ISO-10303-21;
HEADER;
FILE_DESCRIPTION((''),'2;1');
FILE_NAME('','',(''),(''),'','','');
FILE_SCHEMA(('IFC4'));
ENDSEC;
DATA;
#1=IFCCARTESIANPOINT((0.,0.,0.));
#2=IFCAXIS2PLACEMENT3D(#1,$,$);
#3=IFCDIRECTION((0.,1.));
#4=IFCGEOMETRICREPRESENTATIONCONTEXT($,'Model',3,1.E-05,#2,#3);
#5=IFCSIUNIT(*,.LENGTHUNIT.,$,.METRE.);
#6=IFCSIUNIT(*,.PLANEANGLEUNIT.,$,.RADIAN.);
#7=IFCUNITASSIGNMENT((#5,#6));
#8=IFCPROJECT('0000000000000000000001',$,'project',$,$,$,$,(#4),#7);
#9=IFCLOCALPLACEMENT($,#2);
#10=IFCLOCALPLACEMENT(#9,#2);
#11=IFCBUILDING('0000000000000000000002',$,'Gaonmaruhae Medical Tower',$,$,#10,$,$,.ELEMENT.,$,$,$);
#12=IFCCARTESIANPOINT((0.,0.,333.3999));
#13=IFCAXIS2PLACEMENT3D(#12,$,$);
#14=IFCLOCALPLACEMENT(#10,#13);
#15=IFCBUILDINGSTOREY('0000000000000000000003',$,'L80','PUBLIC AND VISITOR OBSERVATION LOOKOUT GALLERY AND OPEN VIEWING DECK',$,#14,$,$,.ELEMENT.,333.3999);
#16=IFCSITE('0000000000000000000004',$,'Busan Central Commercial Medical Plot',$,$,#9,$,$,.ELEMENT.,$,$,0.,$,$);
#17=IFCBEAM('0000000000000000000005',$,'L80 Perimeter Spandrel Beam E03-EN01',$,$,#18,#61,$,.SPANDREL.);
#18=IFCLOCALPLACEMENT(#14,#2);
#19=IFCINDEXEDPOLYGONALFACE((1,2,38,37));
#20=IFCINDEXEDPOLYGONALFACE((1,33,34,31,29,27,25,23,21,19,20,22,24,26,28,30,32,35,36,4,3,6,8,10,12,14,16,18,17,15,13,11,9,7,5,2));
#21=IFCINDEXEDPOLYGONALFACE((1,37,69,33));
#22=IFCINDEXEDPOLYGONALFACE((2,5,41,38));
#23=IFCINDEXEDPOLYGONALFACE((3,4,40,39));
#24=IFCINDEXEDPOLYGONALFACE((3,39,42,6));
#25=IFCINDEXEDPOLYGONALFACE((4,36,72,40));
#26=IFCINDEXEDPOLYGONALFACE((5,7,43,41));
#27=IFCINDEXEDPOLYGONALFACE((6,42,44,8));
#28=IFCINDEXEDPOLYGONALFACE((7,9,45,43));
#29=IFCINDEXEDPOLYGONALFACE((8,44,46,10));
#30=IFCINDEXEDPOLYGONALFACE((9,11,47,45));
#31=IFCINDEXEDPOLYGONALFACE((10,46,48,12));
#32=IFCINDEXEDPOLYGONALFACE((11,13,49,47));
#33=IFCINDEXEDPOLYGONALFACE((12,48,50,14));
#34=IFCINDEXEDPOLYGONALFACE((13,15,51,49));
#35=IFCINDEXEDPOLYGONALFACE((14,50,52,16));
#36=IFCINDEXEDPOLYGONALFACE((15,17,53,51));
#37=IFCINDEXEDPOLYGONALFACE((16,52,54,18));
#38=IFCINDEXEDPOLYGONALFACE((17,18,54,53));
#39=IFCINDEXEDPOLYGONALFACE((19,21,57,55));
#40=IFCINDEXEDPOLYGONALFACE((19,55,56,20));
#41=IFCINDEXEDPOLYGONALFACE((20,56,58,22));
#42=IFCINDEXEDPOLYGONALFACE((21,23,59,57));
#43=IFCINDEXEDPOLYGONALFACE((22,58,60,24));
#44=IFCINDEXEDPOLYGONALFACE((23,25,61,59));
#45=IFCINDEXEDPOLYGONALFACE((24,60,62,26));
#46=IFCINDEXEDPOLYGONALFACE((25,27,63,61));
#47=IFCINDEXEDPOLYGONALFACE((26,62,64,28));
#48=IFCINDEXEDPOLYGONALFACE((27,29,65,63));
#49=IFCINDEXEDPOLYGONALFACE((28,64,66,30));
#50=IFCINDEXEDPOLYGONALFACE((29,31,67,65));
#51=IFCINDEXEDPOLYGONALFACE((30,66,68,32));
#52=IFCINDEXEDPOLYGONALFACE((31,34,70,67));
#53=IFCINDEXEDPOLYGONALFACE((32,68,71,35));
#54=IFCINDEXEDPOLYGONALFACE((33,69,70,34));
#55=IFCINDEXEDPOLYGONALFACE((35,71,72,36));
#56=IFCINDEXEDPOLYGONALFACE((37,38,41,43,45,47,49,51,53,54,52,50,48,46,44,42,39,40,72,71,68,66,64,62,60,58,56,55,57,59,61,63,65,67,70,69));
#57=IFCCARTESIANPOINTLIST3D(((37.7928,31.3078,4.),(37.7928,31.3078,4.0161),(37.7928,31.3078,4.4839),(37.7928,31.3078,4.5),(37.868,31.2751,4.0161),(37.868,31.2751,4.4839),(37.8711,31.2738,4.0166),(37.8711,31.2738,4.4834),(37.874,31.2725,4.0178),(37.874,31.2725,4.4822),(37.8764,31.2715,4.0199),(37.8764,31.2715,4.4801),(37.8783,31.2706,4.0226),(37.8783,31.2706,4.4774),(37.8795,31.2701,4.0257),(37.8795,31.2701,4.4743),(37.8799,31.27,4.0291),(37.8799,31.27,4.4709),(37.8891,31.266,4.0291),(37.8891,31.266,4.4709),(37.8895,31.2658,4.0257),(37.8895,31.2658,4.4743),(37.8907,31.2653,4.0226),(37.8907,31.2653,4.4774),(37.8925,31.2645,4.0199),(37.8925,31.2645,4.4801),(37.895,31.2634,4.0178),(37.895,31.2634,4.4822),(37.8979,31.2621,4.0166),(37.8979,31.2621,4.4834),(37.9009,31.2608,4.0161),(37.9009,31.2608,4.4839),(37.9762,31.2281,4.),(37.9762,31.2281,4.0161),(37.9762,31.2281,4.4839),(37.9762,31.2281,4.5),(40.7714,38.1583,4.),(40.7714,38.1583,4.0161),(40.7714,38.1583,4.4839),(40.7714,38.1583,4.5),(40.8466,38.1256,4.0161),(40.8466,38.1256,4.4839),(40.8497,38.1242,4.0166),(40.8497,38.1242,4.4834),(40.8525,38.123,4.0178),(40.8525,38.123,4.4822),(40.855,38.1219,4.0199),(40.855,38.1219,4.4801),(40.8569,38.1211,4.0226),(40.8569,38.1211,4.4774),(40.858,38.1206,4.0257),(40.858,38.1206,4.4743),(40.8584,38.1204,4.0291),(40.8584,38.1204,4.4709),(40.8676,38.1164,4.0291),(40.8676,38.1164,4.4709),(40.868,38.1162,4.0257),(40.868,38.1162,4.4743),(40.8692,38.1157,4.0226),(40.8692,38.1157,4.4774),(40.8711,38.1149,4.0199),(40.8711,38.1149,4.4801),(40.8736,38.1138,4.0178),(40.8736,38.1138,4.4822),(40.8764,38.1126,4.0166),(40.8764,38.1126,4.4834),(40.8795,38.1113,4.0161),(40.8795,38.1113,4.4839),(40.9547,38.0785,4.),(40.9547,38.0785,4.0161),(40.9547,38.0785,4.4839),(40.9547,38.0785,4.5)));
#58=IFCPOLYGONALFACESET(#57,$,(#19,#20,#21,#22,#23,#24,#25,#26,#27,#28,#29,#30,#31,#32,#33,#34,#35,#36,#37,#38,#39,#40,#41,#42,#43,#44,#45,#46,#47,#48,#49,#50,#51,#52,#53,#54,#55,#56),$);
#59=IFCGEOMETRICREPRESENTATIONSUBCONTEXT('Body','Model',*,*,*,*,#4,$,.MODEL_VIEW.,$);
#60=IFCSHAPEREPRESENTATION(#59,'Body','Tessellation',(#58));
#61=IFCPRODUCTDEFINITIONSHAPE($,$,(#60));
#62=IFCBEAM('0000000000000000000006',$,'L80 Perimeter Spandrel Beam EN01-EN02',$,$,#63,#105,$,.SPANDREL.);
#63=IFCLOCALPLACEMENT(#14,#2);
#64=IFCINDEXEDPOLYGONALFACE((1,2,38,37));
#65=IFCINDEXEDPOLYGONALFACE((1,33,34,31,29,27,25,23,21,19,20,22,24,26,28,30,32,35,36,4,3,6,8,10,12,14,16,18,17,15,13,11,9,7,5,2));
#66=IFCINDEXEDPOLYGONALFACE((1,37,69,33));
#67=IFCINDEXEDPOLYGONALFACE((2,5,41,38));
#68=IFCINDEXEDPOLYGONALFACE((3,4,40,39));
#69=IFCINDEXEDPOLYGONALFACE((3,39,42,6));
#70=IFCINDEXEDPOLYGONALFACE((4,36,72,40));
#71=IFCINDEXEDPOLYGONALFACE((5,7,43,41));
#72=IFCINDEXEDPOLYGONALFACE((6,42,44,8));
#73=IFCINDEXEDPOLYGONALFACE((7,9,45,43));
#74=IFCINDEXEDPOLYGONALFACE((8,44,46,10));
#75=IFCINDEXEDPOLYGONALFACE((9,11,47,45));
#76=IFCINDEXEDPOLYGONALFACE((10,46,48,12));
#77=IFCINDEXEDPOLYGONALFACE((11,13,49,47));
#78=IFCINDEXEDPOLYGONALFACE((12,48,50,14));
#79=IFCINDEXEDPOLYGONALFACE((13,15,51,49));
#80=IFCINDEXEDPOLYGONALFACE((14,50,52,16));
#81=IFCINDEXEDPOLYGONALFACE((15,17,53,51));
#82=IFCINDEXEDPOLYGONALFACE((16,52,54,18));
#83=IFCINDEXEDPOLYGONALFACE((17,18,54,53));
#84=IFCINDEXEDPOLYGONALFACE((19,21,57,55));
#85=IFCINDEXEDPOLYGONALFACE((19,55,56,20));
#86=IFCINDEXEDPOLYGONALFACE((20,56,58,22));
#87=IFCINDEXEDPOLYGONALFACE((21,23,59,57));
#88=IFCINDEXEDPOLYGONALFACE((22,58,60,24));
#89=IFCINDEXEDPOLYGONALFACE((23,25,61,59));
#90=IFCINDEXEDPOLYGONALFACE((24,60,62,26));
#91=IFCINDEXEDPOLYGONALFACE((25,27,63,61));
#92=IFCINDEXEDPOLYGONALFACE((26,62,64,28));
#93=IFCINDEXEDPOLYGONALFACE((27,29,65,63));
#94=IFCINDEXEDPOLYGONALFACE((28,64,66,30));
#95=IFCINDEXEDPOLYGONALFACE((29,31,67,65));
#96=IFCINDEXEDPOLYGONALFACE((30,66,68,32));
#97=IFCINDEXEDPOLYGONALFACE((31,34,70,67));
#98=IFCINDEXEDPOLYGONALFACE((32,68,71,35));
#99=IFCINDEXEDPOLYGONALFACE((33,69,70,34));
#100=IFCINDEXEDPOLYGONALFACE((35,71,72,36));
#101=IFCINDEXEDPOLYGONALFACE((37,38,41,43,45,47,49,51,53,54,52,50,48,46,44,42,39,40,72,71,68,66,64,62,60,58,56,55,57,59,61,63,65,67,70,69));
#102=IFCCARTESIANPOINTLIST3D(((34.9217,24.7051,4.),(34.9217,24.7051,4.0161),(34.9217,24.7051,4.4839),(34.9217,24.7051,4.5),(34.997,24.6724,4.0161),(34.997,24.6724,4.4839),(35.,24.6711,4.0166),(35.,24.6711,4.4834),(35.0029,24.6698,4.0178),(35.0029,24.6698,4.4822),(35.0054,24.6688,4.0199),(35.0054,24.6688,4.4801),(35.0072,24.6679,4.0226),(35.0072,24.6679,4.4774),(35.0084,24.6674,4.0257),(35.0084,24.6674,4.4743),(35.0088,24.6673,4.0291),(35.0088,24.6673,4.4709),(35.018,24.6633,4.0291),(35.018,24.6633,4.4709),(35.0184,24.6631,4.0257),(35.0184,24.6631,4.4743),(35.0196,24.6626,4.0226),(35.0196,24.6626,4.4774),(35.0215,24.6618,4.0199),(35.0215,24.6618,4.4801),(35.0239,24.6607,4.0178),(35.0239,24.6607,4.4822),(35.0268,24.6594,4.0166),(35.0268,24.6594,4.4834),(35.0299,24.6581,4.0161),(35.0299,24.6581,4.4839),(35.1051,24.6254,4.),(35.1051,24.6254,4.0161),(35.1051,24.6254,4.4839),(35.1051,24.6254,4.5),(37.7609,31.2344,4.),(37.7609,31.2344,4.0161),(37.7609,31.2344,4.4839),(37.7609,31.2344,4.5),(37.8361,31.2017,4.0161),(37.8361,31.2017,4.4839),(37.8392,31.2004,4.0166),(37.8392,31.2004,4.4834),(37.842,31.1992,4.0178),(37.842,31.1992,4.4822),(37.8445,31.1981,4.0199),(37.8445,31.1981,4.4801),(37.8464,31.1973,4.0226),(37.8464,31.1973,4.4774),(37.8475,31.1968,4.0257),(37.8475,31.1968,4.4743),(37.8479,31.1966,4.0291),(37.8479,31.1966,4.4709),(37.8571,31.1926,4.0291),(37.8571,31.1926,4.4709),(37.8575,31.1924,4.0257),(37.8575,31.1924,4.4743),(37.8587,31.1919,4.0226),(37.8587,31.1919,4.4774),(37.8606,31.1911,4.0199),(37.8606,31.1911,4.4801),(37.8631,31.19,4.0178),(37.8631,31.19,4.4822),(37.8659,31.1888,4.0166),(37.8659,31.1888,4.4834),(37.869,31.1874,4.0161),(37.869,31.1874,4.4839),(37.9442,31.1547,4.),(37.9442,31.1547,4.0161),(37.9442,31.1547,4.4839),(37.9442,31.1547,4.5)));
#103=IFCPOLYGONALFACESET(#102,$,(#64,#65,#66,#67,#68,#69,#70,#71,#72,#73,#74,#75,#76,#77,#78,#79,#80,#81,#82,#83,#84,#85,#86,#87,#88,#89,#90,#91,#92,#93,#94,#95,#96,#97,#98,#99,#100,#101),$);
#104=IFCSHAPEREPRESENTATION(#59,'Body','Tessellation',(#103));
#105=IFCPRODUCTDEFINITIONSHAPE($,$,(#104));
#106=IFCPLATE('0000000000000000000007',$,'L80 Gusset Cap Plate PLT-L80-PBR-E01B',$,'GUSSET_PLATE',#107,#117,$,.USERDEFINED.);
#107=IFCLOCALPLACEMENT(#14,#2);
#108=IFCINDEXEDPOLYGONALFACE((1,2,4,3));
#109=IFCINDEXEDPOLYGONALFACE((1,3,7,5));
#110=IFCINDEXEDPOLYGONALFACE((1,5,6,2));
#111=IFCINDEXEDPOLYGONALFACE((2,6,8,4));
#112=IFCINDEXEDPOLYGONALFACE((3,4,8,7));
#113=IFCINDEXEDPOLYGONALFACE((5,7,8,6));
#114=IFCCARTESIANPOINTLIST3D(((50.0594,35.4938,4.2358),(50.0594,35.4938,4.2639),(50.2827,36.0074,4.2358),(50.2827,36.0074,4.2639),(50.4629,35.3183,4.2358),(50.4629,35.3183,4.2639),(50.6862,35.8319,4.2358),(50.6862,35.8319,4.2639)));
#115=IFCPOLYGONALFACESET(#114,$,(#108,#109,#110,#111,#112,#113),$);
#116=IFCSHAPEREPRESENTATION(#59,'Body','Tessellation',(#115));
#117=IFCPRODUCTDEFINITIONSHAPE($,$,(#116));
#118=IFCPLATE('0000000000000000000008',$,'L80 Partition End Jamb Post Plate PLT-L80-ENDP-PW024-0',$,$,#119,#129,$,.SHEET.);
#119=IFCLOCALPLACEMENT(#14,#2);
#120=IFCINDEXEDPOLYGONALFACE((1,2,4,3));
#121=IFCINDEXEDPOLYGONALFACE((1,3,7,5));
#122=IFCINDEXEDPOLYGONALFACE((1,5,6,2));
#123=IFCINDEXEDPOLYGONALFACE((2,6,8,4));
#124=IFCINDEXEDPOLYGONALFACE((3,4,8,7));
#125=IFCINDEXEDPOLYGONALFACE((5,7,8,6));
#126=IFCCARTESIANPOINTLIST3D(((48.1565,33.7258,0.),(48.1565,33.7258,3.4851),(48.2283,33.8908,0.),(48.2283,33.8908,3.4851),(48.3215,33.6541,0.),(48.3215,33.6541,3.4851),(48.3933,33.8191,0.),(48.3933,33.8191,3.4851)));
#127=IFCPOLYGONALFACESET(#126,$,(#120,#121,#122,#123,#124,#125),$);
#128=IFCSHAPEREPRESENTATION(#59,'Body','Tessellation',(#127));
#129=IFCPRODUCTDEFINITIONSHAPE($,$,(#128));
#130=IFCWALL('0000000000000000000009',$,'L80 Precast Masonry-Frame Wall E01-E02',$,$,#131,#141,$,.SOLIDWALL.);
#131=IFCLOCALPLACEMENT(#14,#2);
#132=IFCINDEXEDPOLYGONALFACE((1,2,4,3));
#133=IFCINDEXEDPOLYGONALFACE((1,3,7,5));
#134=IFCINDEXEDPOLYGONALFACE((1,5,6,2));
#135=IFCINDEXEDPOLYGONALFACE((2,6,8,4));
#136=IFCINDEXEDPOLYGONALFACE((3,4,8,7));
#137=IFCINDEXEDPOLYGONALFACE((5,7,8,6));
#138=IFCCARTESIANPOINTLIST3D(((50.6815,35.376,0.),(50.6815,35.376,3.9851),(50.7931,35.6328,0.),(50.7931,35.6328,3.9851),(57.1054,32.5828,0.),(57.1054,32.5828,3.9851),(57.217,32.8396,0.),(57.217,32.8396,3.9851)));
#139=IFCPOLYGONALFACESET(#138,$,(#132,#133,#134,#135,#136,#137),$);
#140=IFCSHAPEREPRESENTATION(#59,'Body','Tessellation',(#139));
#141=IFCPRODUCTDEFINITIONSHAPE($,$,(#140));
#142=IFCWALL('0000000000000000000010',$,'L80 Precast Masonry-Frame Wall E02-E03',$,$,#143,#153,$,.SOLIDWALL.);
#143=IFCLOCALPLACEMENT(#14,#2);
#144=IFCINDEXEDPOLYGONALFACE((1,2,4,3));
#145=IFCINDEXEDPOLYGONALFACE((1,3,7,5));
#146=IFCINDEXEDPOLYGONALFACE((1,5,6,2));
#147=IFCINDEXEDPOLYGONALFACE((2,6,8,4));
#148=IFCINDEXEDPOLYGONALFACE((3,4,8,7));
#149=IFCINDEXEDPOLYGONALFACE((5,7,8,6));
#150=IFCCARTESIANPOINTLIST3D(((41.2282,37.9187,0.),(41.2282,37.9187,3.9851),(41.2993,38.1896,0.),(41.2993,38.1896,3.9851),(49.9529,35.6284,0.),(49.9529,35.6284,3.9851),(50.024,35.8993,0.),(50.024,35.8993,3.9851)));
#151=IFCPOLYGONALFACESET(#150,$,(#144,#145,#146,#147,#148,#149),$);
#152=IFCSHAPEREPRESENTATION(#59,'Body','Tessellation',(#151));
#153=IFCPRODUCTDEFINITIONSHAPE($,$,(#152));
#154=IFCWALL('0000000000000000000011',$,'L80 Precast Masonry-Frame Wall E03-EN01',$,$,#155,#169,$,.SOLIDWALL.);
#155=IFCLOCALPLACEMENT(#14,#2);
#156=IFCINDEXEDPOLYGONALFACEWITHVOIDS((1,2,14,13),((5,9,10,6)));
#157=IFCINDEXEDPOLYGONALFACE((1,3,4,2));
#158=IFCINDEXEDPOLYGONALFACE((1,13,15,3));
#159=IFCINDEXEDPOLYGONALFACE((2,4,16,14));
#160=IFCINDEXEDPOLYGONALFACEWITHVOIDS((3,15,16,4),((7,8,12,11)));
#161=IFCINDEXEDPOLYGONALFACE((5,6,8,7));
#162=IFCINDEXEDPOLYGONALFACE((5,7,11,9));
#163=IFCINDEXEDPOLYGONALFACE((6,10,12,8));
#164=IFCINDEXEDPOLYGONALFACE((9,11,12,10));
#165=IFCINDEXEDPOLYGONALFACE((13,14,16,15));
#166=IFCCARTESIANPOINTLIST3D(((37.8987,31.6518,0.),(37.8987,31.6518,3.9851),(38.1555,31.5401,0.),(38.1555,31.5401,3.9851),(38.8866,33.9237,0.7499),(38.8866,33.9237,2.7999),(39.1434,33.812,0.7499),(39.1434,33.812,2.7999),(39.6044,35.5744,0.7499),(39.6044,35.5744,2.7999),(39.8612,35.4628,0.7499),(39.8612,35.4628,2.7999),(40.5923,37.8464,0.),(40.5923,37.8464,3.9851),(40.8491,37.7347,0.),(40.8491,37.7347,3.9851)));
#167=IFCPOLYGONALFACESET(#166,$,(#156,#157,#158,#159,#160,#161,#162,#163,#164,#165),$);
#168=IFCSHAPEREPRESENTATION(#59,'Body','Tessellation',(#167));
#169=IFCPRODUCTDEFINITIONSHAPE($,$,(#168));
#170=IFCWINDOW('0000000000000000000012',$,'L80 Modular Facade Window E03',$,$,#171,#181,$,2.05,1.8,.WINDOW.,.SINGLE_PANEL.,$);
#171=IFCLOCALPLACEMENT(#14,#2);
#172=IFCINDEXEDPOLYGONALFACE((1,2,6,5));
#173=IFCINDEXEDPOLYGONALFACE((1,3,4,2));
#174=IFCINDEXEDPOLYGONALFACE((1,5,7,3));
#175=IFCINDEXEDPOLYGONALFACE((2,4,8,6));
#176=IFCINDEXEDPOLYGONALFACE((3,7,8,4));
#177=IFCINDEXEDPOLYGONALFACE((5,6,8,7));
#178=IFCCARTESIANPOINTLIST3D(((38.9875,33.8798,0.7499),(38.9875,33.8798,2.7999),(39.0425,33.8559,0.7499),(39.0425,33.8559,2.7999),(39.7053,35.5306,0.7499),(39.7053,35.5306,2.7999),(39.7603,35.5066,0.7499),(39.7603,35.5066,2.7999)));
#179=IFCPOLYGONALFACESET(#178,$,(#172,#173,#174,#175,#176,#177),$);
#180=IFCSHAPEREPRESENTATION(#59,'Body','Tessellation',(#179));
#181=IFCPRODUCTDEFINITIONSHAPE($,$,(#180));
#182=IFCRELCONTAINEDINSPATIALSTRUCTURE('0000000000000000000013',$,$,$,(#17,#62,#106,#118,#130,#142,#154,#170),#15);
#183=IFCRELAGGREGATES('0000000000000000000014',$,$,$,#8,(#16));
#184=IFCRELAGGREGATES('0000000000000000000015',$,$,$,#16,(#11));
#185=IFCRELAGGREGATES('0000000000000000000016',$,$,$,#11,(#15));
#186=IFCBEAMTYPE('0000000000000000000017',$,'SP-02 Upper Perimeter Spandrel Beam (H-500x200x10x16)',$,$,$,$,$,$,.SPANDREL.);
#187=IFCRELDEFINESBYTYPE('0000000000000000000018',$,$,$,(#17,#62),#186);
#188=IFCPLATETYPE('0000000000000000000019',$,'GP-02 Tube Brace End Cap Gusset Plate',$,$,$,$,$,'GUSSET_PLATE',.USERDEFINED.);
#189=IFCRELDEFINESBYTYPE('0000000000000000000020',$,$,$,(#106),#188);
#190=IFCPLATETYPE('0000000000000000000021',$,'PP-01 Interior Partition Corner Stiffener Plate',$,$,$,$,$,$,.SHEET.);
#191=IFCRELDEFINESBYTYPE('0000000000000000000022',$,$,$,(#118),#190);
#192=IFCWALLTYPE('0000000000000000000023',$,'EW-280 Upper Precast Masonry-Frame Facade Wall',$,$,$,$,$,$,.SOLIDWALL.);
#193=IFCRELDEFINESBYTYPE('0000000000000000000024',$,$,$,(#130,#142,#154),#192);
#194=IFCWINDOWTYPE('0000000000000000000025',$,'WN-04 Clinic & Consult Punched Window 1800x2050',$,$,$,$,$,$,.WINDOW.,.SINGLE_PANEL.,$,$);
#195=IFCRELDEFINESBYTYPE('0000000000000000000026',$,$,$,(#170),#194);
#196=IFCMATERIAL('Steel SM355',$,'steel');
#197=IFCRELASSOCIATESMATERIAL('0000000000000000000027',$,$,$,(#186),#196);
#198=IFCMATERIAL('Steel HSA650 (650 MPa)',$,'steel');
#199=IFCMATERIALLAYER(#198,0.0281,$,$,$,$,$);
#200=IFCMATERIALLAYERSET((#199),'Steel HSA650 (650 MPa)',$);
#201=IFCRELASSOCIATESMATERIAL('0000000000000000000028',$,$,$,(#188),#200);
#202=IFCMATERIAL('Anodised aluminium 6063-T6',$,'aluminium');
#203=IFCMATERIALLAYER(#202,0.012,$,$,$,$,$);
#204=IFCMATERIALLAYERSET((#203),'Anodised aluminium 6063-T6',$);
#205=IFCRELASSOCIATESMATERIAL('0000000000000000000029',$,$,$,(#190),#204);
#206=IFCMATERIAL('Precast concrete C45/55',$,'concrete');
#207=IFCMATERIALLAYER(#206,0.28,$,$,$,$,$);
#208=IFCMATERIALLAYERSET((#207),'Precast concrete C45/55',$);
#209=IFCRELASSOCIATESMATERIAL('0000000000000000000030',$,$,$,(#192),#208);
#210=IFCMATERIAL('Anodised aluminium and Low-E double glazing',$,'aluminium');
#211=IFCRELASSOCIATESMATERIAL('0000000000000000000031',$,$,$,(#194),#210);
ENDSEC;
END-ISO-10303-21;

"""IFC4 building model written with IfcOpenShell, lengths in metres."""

from ifc_helpers import new_model, si_unit, direction, frame, frame_2d, origin, origin_2d, place, context, subcontext, project, spatial, rectangle, i_section, extrude, material, layer, layer_set, material_profile, profile_set, type_object, element, fill, save


model = new_model("IFC4")

# Units and contexts
model_context = context("Model", 3, precision=1e-05, world=origin(), true_north=direction((0.0, 1.0)))
body_context = subcontext(model_context, "Body", "Model", "MODEL_VIEW")
ifc_project = project(units=[si_unit("LENGTHUNIT", "METRE"), si_unit("PLANEANGLEUNIT", "RADIAN")], contexts=[model_context])

# Site, building, storey
site_placement = place(None, origin())
site = spatial("IfcSite", under=ifc_project, at=site_placement, Name="Busan Central Commercial Medical Plot", CompositionType="ELEMENT", RefElevation=0.0)
building_placement = place(site_placement, origin())
building = spatial("IfcBuilding", under=site, at=building_placement, Name="Gaonmaruhae Medical Tower", CompositionType="ELEMENT")
storey_placement = place(building_placement, frame((0.0, 0.0, 333.3999)))
storey = spatial("IfcBuildingStorey", under=building, at=storey_placement, Name="L80", Description="PUBLIC AND VISITOR OBSERVATION LOOKOUT GALLERY AND OPEN VIEWING DECK", CompositionType="ELEMENT", Elevation=333.3999)

# Beams
ifc_material_1 = material(Name="Steel SM355", Category="steel")
ifc_material_profile_1 = material_profile(ifc_material_1, i_section(OverallWidth=0.2, OverallDepth=0.5, WebThickness=0.01, FlangeThickness=0.0161, FilletRadius=0.0129, at=origin_2d()), Name="H-500x200x10x16")
ifc_profile_set_1 = profile_set([ifc_material_profile_1], Name="Steel SM355")
beam_type_1 = type_object("IfcBeamType", Name="SP-02 Upper Perimeter Spandrel Beam (H-500x200x10x16)", PredefinedType="SPANDREL", material=ifc_profile_set_1)
beam_1_placement = place(storey_placement, frame((40.863, 38.1184, 4.25), z_axis=(-0.398738, -0.917065, 0.0), x_axis=(0.917065, -0.398738, 0.0)))
element("IfcBeam", 1, at=beam_1_placement, inside=storey, type_object=beam_type_1, Name="L80 Perimeter Spandrel Beam E03-EN01", PredefinedType="SPANDREL", context=body_context, shape_type="SweptSolid", body=[
    extrude(i_section(OverallWidth=0.2, OverallDepth=0.5, WebThickness=0.01, FlangeThickness=0.0161, FilletRadius=0.0129, at=origin_2d()), origin(), (0.0, 0.0, 1.0), 7.47),
])
beam_2_placement = place(storey_placement, frame((37.8525, 31.1946, 4.25), z_axis=(-0.39876, -0.917055, 0.0), x_axis=(0.917055, -0.39876, 0.0)))
element("IfcBeam", 2, at=beam_2_placement, inside=storey, type_object=beam_type_1, Name="L80 Perimeter Spandrel Beam EN01-EN02", PredefinedType="SPANDREL", context=body_context, shape_type="SweptSolid", body=[
    extrude(i_section(OverallWidth=0.2, OverallDepth=0.5, WebThickness=0.01, FlangeThickness=0.0161, FilletRadius=0.0129, at=origin_2d()), origin(), (0.0, 0.0, 1.0), 7.1199),
])

# Plates
ifc_material_2 = material(Name="Steel HSA650 (650 MPa)", Category="steel")
ifc_layer_1 = layer(ifc_material_2, 0.0281)
ifc_layer_set_1 = layer_set([ifc_layer_1], Name="Steel HSA650 (650 MPa)")
plate_type_1 = type_object("IfcPlateType", Name="GP-02 Tube Brace End Cap Gusset Plate", ElementType="GUSSET_PLATE", PredefinedType="USERDEFINED", material=ifc_layer_set_1)
plate_1_placement = place(storey_placement, frame((50.3728, 35.6628, 4.2358), z_axis=(0.0, 0.0, 1.0), x_axis=(0.398749, 0.91706, 0.0)))
element("IfcPlate", 3, at=plate_1_placement, inside=storey, type_object=plate_type_1, Name="L80 Gusset Cap Plate PLT-L80-PBR-E01B", ObjectType="GUSSET_PLATE", PredefinedType="USERDEFINED", context=body_context, shape_type="SweptSolid", body=[
    extrude(rectangle(XDim=0.5601, YDim=0.4399, at=origin_2d()), origin(), (0.0, 0.0, 1.0), 0.0281),
])
ifc_material_3 = material(Name="Anodised aluminium 6063-T6", Category="aluminium")
ifc_layer_2 = layer(ifc_material_3, 0.012)
ifc_layer_set_2 = layer_set([ifc_layer_2], Name="Anodised aluminium 6063-T6")
plate_type_2 = type_object("IfcPlateType", Name="PP-01 Interior Partition Corner Stiffener Plate", PredefinedType="SHEET", material=ifc_layer_set_2)
plate_2_placement = place(storey_placement, frame((48.2749, 33.7725, 0.0), z_axis=(0.0, 0.0, 1.0), x_axis=(-0.398765, -0.917053, 0.0)))
element("IfcPlate", 4, at=plate_2_placement, inside=storey, type_object=plate_type_2, Name="L80 Partition End Jamb Post Plate PLT-L80-ENDP-PW024-0", PredefinedType="SHEET", context=body_context, shape_type="SweptSolid", body=[
    extrude(rectangle(XDim=0.1799, YDim=0.1799, at=origin_2d()), origin(), (0.0, 0.0, 1.0), 3.4851),
])

# Walls
ifc_material_4 = material(Name="Precast concrete C45/55", Category="concrete")
ifc_layer_3 = layer(ifc_material_4, 0.28)
ifc_layer_set_3 = layer_set([ifc_layer_3], Name="Precast concrete C45/55")
wall_type_1 = type_object("IfcWallType", Name="EW-280 Upper Precast Masonry-Frame Facade Wall", PredefinedType="SOLIDWALL", material=ifc_layer_set_3)
wall_1_placement = place(storey_placement, frame((50.7373, 35.5044, 0.0), z_axis=(0.0, 0.0, 1.0), x_axis=(0.917057, -0.398755, 0.0)))
element("IfcWall", 5, at=wall_1_placement, inside=storey, type_object=wall_type_1, Name="L80 Precast Masonry-Frame Wall E01-E02", PredefinedType="SOLIDWALL", context=body_context, shape_type="SweptSolid", body=[
    extrude(rectangle(XDim=7.0049, YDim=0.28, at=frame_2d((3.5024, 0.0))), origin(), (0.0, 0.0, 1.0), 3.9851),
])
wall_2_placement = place(storey_placement, frame((41.2637, 38.0542, 0.0), z_axis=(0.0, 0.0, 1.0), x_axis=(0.967229, -0.253906, 0.0)))
element("IfcWall", 6, at=wall_2_placement, inside=storey, type_object=wall_type_1, Name="L80 Precast Masonry-Frame Wall E02-E03", PredefinedType="SOLIDWALL", context=body_context, shape_type="SweptSolid", body=[
    extrude(rectangle(XDim=9.0203, YDim=0.28, at=frame_2d((4.5103, 0.0))), origin(), (0.0, 0.0, 1.0), 3.9851),
])

# Wall, opening, window
wall_3_placement = place(storey_placement, frame((38.0271, 31.5959, 0.0), z_axis=(0.0, 0.0, 1.0), x_axis=(0.398764, 0.917053, 0.0)))
wall_3 = element("IfcWall", 7, at=wall_3_placement, inside=storey, type_object=wall_type_1, Name="L80 Precast Masonry-Frame Wall E03-EN01", PredefinedType="SOLIDWALL", context=body_context, shape_type="SweptSolid", body=[
    extrude(rectangle(XDim=6.7549, YDim=0.28, at=frame_2d((3.3774, 0.0))), origin(), (0.0, 0.0, 1.0), 3.9851),
])
opening_1_placement = place(wall_3_placement, frame((2.4775, 0.0, 0.75)))
opening_1 = element("IfcOpeningElement", 8, at=opening_1_placement, cuts=wall_3, PredefinedType="OPENING", context=body_context, shape_type="SweptSolid", body=[
    extrude(rectangle(XDim=1.8, YDim=2.05, at=frame_2d((0.8999, 1.0249))), frame((0.0, 0.1499, 0.0), z_axis=(0.0, -1.0, 0.0), x_axis=(1.0, 0.0, 0.0)), (0.0, 0.0, 1.0), 0.3),
])
ifc_material_5 = material(Name="Anodised aluminium and Low-E double glazing", Category="aluminium")
window_type = type_object("IfcWindowType", Name="WN-04 Clinic & Consult Punched Window 1800x2050", PartitioningType="SINGLE_PANEL", PredefinedType="WINDOW", material=ifc_material_5)
window_placement = place(opening_1_placement, origin())
window = element("IfcWindow", 9, at=window_placement, inside=storey, type_object=window_type, Name="L80 Modular Facade Window E03", OverallHeight=2.05, OverallWidth=1.8, PartitioningType="SINGLE_PANEL", PredefinedType="WINDOW", context=body_context, shape_type="SweptSolid", body=[
    extrude(rectangle(XDim=1.8, YDim=2.05, at=frame_2d((0.8999, 1.0249))), frame((0.0, 0.03, 0.0), z_axis=(0.0, -1.0, 0.0), x_axis=(1.0, 0.0, 0.0)), (0.0, 0.0, 1.0), 0.0601),
])
fill(opening_1, window)

save(model, "model.ifc")
